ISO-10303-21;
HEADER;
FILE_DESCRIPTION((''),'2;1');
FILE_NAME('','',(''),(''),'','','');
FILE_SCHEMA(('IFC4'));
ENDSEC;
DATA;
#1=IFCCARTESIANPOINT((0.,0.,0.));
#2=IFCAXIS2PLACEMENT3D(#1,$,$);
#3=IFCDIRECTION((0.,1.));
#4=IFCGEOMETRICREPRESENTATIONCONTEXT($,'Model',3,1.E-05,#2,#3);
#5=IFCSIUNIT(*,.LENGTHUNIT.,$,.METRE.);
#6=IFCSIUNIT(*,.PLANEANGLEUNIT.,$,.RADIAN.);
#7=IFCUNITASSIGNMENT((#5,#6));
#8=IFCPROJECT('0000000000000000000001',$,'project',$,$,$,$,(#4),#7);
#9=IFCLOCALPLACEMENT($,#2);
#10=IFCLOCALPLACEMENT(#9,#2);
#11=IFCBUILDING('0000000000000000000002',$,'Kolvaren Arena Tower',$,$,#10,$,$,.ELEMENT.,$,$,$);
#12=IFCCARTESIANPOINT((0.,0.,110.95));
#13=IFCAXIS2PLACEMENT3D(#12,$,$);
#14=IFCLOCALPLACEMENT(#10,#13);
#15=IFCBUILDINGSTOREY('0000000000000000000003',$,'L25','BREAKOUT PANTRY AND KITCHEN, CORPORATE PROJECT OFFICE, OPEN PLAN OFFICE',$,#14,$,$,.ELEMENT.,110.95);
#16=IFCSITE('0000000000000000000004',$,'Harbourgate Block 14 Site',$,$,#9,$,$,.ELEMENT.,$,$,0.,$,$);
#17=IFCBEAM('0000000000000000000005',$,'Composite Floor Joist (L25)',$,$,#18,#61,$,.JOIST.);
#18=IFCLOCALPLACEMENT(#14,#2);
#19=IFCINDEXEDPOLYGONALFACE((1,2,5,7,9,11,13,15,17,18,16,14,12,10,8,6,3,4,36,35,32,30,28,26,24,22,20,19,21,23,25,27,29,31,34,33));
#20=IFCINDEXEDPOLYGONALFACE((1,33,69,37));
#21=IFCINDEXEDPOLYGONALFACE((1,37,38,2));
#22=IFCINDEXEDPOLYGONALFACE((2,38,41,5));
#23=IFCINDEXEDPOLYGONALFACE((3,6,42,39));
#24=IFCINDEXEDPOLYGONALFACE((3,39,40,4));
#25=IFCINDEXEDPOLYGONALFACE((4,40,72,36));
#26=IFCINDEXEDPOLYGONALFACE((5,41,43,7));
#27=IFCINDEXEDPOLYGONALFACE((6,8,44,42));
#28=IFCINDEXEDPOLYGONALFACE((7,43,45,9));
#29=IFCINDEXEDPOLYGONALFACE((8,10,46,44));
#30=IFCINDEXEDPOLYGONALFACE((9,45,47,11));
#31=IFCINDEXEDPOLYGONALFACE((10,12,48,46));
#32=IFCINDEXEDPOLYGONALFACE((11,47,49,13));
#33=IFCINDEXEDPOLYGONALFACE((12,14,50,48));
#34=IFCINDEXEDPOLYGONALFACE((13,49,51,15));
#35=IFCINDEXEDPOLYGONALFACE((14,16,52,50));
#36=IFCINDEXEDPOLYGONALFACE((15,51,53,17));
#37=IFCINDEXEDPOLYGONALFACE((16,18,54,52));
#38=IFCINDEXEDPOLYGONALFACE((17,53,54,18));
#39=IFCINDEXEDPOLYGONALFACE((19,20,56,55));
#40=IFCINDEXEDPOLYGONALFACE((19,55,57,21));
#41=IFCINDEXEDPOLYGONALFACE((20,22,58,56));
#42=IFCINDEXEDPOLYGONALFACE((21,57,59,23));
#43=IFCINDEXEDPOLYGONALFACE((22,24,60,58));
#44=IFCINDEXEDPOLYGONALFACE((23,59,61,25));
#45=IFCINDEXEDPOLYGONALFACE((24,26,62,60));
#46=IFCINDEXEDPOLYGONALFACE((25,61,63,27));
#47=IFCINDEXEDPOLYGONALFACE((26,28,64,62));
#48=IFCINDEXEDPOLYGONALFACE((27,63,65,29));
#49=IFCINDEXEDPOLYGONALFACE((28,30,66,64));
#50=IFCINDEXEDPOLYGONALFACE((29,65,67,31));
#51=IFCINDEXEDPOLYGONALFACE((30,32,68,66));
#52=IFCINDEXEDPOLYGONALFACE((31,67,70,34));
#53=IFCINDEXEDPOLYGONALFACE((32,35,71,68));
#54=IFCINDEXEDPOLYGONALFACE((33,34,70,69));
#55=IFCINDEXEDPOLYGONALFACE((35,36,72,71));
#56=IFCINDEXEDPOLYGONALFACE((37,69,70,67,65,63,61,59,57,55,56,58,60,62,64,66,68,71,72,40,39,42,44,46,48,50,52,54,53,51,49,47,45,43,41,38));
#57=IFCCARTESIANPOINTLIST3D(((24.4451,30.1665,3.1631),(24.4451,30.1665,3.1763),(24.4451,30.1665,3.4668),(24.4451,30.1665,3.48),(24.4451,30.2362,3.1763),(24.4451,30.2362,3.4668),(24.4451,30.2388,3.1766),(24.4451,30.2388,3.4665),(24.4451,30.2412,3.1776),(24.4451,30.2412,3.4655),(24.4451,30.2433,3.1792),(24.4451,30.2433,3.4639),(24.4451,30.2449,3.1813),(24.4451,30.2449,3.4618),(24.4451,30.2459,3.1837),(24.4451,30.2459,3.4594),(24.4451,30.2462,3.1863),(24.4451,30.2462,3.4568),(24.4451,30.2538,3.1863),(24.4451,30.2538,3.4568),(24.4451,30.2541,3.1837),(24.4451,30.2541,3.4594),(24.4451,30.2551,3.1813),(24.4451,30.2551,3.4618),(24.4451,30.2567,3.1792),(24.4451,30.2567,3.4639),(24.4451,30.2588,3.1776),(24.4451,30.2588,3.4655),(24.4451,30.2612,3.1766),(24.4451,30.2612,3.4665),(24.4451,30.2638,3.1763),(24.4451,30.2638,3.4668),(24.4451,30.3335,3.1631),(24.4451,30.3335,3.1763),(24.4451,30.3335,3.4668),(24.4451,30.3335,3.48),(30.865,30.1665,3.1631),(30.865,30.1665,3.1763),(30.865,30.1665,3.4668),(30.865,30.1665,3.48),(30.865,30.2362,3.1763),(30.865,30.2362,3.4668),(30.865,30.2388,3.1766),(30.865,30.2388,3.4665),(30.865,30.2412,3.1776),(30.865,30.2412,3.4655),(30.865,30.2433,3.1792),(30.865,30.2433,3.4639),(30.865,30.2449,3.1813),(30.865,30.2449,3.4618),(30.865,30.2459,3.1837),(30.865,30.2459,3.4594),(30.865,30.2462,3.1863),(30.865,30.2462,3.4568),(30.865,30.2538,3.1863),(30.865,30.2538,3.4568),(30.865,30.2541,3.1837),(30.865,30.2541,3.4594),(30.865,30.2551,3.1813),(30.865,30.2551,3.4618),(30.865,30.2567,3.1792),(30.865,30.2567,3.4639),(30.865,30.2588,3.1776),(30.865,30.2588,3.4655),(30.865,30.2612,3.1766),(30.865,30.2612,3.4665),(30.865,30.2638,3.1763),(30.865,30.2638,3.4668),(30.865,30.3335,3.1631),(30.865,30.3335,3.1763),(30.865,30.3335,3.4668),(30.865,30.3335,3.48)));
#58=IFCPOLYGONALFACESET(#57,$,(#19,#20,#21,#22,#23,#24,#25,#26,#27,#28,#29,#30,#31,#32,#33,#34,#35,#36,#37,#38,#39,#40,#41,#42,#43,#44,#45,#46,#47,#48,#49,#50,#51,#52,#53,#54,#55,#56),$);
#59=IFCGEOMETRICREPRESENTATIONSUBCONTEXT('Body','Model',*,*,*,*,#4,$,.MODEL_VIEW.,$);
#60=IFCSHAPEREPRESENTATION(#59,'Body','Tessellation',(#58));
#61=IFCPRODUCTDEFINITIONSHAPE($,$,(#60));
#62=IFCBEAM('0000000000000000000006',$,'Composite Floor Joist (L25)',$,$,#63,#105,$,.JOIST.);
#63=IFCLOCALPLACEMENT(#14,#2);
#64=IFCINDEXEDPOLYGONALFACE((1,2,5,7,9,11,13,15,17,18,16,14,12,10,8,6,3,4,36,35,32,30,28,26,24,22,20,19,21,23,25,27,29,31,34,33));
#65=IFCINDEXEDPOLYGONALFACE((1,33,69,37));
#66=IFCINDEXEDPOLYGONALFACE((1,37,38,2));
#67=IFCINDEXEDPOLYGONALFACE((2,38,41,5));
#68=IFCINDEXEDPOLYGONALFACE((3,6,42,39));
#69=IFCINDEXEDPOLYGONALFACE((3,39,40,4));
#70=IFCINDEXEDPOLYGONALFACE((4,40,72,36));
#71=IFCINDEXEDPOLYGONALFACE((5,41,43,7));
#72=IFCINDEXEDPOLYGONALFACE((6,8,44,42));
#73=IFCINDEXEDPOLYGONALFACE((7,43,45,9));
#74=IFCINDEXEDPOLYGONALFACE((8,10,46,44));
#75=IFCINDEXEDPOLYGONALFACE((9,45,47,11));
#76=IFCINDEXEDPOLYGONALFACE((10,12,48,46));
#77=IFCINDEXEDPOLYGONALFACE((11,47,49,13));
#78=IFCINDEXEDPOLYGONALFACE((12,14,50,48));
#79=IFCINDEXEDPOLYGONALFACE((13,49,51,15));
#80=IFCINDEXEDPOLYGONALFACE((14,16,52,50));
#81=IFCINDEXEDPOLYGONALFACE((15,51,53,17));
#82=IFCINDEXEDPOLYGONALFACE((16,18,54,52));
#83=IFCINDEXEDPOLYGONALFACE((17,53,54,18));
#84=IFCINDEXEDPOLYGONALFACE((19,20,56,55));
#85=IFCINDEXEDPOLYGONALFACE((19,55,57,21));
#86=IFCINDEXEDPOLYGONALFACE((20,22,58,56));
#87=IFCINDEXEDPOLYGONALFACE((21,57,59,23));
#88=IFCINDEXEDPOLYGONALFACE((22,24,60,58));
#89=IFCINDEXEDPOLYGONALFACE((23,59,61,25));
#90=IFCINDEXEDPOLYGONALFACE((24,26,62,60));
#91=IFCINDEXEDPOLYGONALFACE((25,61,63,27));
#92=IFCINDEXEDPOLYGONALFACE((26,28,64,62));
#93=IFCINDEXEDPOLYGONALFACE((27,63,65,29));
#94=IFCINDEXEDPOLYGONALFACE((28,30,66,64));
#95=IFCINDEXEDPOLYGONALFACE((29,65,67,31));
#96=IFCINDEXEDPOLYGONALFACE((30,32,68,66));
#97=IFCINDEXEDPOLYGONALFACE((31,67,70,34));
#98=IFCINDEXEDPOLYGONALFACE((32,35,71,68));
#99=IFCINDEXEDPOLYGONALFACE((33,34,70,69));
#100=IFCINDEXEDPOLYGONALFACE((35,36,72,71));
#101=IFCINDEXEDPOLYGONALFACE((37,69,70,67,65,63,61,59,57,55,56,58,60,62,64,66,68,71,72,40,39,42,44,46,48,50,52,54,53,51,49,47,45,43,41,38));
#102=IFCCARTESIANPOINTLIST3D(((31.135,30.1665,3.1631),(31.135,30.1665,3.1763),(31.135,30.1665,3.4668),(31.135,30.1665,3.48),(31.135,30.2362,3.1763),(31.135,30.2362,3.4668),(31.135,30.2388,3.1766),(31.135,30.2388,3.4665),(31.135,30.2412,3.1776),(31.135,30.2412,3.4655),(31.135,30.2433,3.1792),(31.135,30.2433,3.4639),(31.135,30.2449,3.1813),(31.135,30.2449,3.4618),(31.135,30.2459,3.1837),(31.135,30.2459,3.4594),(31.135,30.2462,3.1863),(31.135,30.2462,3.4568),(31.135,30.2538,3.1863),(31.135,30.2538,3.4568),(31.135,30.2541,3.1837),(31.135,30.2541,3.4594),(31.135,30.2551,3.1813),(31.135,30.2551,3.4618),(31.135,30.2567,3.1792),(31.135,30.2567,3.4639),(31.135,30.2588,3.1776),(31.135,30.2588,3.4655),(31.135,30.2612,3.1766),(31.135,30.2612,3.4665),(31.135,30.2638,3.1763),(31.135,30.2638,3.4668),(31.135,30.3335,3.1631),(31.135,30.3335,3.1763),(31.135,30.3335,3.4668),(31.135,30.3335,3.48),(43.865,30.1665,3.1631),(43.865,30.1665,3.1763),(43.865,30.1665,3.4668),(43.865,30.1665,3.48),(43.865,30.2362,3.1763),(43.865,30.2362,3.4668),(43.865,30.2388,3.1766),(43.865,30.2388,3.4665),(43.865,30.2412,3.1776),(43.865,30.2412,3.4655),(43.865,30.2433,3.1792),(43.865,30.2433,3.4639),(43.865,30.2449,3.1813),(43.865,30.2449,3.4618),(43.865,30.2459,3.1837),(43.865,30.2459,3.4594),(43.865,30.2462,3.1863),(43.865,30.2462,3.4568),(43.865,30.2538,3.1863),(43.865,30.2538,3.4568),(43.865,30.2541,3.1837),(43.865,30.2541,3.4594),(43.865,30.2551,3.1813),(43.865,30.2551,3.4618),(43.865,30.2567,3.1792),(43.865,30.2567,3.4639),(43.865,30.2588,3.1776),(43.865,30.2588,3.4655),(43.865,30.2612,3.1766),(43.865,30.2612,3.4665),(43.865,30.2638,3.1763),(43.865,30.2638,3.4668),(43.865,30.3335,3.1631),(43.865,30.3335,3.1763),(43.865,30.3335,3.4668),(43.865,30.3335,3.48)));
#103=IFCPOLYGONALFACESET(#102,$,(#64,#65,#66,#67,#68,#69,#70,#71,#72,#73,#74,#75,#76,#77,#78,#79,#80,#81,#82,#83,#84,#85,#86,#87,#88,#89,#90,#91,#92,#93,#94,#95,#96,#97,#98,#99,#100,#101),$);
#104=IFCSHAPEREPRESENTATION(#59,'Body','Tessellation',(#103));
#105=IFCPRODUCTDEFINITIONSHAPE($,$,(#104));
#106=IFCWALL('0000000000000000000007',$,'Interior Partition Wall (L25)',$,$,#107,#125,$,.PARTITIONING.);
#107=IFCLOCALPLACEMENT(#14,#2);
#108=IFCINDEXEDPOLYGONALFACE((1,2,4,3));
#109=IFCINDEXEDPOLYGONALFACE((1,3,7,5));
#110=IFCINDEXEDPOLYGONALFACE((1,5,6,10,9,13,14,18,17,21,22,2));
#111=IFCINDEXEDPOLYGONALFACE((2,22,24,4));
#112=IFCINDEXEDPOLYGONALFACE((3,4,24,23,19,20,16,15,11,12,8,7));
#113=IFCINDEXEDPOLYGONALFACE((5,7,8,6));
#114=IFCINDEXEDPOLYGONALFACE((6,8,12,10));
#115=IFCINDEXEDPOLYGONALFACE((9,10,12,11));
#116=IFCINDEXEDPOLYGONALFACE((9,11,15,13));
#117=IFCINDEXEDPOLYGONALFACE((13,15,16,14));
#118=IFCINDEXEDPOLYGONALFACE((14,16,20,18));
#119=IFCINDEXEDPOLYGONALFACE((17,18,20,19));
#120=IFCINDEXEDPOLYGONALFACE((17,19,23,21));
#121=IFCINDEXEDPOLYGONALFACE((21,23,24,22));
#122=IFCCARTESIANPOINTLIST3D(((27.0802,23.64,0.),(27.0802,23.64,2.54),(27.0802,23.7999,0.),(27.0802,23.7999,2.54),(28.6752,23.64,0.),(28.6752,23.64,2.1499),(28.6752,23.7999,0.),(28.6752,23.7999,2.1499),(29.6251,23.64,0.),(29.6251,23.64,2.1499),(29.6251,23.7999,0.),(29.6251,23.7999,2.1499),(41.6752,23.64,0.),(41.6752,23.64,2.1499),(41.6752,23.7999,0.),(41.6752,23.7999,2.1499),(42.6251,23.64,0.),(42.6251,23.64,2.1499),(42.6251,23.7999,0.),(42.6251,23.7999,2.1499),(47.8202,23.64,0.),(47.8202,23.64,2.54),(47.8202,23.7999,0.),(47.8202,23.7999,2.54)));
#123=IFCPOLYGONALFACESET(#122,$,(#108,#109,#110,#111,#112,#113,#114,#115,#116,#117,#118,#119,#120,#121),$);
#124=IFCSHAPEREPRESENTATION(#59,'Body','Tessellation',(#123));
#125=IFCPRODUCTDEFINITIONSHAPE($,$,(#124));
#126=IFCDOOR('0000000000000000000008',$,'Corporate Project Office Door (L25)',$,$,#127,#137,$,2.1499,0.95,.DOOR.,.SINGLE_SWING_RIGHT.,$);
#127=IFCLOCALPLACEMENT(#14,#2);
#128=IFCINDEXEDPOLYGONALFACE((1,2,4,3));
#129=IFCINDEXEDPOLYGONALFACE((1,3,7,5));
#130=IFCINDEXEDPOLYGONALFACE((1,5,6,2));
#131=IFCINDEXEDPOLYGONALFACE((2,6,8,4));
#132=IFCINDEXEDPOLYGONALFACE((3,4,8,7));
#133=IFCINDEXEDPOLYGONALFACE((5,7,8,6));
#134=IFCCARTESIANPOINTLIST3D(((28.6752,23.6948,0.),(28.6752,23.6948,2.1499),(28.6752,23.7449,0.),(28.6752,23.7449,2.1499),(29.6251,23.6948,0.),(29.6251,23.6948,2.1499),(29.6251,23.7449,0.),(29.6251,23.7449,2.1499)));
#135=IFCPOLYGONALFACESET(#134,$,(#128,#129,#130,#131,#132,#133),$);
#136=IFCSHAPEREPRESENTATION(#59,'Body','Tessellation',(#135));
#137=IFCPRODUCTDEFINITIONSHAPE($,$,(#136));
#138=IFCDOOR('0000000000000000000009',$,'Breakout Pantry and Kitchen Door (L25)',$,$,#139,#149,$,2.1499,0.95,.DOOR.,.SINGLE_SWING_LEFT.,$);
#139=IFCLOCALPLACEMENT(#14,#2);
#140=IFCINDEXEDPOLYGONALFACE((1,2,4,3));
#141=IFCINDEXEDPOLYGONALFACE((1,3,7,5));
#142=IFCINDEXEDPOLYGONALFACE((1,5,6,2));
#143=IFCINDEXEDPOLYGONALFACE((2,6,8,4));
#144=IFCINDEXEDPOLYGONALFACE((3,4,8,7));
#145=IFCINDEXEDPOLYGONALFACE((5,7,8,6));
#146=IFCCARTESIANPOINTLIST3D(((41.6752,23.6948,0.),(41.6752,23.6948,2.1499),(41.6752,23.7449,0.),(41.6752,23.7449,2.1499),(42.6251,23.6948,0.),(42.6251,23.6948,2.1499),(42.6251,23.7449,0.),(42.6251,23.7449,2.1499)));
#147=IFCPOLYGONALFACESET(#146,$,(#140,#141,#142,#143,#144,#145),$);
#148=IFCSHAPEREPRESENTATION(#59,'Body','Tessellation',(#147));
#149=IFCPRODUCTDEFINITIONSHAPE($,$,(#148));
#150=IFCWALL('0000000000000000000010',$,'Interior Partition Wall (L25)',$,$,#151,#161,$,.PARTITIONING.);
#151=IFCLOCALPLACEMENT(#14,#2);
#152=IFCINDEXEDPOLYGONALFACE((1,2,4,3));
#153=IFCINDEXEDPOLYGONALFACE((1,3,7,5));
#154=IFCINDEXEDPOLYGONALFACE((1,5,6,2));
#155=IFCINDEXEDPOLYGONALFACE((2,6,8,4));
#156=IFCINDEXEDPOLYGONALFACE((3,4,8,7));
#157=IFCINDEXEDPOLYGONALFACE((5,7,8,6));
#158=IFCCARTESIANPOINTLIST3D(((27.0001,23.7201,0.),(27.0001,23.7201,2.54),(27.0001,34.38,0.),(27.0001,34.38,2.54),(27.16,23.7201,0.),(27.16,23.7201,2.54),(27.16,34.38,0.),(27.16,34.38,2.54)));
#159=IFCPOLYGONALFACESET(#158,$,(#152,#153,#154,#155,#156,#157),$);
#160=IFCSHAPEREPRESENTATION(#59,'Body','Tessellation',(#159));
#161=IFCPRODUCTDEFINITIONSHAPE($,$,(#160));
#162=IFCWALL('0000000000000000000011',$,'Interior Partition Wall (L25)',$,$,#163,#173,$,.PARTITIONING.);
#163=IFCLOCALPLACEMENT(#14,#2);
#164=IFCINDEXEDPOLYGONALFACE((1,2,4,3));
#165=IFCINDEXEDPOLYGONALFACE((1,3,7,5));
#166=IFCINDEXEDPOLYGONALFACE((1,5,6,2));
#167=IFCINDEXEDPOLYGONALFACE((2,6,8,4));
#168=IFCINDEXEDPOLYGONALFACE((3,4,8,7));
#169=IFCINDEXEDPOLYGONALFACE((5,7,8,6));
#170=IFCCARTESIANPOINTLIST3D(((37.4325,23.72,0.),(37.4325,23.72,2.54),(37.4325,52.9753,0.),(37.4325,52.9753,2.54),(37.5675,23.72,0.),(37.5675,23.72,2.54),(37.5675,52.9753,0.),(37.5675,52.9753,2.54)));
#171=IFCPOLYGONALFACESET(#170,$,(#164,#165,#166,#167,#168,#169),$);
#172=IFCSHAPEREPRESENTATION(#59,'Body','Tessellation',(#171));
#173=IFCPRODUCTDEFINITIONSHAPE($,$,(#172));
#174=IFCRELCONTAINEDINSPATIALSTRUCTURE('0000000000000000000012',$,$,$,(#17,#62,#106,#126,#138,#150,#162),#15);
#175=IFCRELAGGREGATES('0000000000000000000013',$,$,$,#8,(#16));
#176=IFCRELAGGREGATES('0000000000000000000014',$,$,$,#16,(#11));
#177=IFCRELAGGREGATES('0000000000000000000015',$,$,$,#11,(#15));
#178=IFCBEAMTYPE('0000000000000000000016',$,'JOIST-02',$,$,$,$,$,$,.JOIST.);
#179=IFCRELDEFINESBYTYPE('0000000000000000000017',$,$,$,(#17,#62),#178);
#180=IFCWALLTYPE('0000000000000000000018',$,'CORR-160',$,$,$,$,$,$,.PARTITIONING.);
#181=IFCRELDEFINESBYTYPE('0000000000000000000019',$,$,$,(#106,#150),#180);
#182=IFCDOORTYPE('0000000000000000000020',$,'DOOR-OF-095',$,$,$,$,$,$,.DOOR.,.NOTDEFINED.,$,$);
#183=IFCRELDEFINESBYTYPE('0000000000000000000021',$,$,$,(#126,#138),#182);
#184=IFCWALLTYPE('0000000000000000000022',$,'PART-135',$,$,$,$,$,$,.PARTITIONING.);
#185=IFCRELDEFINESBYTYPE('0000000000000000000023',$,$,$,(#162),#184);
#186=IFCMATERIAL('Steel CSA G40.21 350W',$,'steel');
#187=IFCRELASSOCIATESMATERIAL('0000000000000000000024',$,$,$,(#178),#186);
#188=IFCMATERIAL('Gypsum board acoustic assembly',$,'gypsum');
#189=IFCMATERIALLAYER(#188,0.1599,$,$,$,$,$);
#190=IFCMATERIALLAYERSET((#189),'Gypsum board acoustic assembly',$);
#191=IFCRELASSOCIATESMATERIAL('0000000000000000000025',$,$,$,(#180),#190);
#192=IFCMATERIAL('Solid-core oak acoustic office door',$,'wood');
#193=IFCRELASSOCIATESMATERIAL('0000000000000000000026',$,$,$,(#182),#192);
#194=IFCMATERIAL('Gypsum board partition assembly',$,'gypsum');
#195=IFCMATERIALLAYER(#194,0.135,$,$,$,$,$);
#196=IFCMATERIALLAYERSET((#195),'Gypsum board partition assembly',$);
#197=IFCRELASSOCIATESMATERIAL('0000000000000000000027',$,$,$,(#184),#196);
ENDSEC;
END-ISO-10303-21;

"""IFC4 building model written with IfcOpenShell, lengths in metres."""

from ifc_helpers import new_model, si_unit, direction, frame, frame_2d, origin, origin_2d, place, context, subcontext, project, spatial, rectangle, i_section, extrude, material, layer, layer_set, material_profile, profile_set, type_object, element, fill, save


model = new_model("IFC4")

# Units and contexts
model_context = context("Model", 3, precision=1e-05, world=origin(), true_north=direction((0.0, 1.0)))
body_context = subcontext(model_context, "Body", "Model", "MODEL_VIEW")
ifc_project = project(units=[si_unit("LENGTHUNIT", "METRE"), si_unit("PLANEANGLEUNIT", "RADIAN")], contexts=[model_context])

# Site, building, storey
site_placement = place(None, origin())
site = spatial("IfcSite", under=ifc_project, at=site_placement, Name="Harbourgate Block 14 Site", CompositionType="ELEMENT", RefElevation=0.0)
building_placement = place(site_placement, origin())
building = spatial("IfcBuilding", under=site, at=building_placement, Name="Kolvaren Arena Tower", CompositionType="ELEMENT")
storey_placement = place(building_placement, frame((0.0, 0.0, 110.95)))
storey = spatial("IfcBuildingStorey", under=building, at=storey_placement, Name="L25", Description="BREAKOUT PANTRY AND KITCHEN, CORPORATE PROJECT OFFICE, OPEN PLAN OFFICE", CompositionType="ELEMENT", Elevation=110.95)

# Beams
ifc_material_1 = material(Name="Steel CSA G40.21 350W", Category="steel")
ifc_material_profile_1 = material_profile(ifc_material_1, i_section(OverallWidth=0.167, OverallDepth=0.3169, WebThickness=0.0076, FlangeThickness=0.0132, FilletRadius=0.01, at=origin_2d()), Name="W310x52")
ifc_profile_set_1 = profile_set([ifc_material_profile_1], Name="Steel CSA G40.21 350W")
beam_type_1 = type_object("IfcBeamType", Name="JOIST-02", PredefinedType="JOIST", material=ifc_profile_set_1)
for number, where, z_axis, x_axis, name in (
    (1, (24.4451, 30.25, 3.3215), (1.0, 0.0, 0.0), (0.0, 1.0, 0.0), "Composite Floor Joist (L25)"),
):
    element("IfcBeam", number, at=place(storey_placement, frame(where, z_axis=z_axis, x_axis=x_axis)), inside=storey, type_object=beam_type_1, Name=name, PredefinedType="JOIST", context=body_context, shape_type="SweptSolid", body=[
        extrude(i_section(OverallWidth=0.167, OverallDepth=0.3169, WebThickness=0.0076, FlangeThickness=0.0132, FilletRadius=0.01, at=origin_2d()), origin(), (0.0, 0.0, 1.0), 6.4199),
    ])
beam_1_placement = place(storey_placement, frame((31.135, 30.25, 3.3215), z_axis=(1.0, 0.0, 0.0), x_axis=(0.0, 1.0, 0.0)))
element("IfcBeam", 2, at=beam_1_placement, inside=storey, type_object=beam_type_1, Name="Composite Floor Joist (L25)", PredefinedType="JOIST", context=body_context, shape_type="SweptSolid", body=[
    extrude(i_section(OverallWidth=0.167, OverallDepth=0.3169, WebThickness=0.0076, FlangeThickness=0.0132, FilletRadius=0.01, at=origin_2d()), origin(), (0.0, 0.0, 1.0), 12.73),
])

# Wall, openings, doors
ifc_material_2 = material(Name="Gypsum board acoustic assembly", Category="gypsum")
ifc_layer_1 = layer(ifc_material_2, 0.1599)
ifc_layer_set_1 = layer_set([ifc_layer_1], Name="Gypsum board acoustic assembly")
wall_type_1 = type_object("IfcWallType", Name="CORR-160", PredefinedType="PARTITIONING", material=ifc_layer_set_1)
wall_1_placement = place(storey_placement, frame((27.0801, 23.72, 0.0), z_axis=(0.0, 0.0, 1.0), x_axis=(1.0, 0.0, 0.0)))
wall_1 = element("IfcWall", 3, at=wall_1_placement, inside=storey, type_object=wall_type_1, Name="Interior Partition Wall (L25)", PredefinedType="PARTITIONING", context=body_context, shape_type="SweptSolid", body=[
    extrude(rectangle(XDim=20.74, YDim=0.1599, at=frame_2d((10.3701, 0.0))), origin(), (0.0, 0.0, 1.0), 2.54),
])
opening_1_placement = place(wall_1_placement, frame((1.595, 0.0, 0.0)))
opening_1 = element("IfcOpeningElement", 4, at=opening_1_placement, cuts=wall_1, PredefinedType="OPENING", context=body_context, shape_type="SweptSolid", body=[
    extrude(rectangle(XDim=0.95, YDim=2.1499, at=frame_2d((0.4751, 1.075))), frame((0.0, 0.0898, 0.0), z_axis=(0.0, -1.0, 0.0), x_axis=(1.0, 0.0, 0.0)), (0.0, 0.0, 1.0), 0.1799),
])
opening_2_placement = place(wall_1_placement, frame((14.595, 0.0, 0.0)))
opening_2 = element("IfcOpeningElement", 5, at=opening_2_placement, cuts=wall_1, PredefinedType="OPENING", context=body_context, shape_type="SweptSolid", body=[
    extrude(rectangle(XDim=0.95, YDim=2.1499, at=frame_2d((0.4751, 1.075))), frame((0.0, 0.0898, 0.0), z_axis=(0.0, -1.0, 0.0), x_axis=(1.0, 0.0, 0.0)), (0.0, 0.0, 1.0), 0.1799),
])
ifc_material_3 = material(Name="Solid-core oak acoustic office door", Category="wood")
door_type_1 = type_object("IfcDoorType", Name="DOOR-OF-095", OperationType="NOTDEFINED", PredefinedType="DOOR", material=ifc_material_3)
door_1_placement = place(opening_1_placement, origin())
door_1 = element("IfcDoor", 6, at=door_1_placement, inside=storey, type_object=door_type_1, Name="Corporate Project Office Door (L25)", OperationType="SINGLE_SWING_RIGHT", OverallHeight=2.1499, OverallWidth=0.95, PredefinedType="DOOR", context=body_context, shape_type="SweptSolid", body=[
    extrude(rectangle(XDim=0.95, YDim=2.1499, at=frame_2d((0.4751, 1.075))), frame((0.0, 0.0249, 0.0), z_axis=(0.0, -1.0, 0.0), x_axis=(1.0, 0.0, 0.0)), (0.0, 0.0, 1.0), 0.05),
])
fill(opening_1, door_1)
door_2_placement = place(opening_2_placement, origin())
door_2 = element("IfcDoor", 7, at=door_2_placement, inside=storey, type_object=door_type_1, Name="Breakout Pantry and Kitchen Door (L25)", OperationType="SINGLE_SWING_LEFT", OverallHeight=2.1499, OverallWidth=0.95, PredefinedType="DOOR", context=body_context, shape_type="SweptSolid", body=[
    extrude(rectangle(XDim=0.95, YDim=2.1499, at=frame_2d((0.4751, 1.075))), frame((0.0, 0.0249, 0.0), z_axis=(0.0, -1.0, 0.0), x_axis=(1.0, 0.0, 0.0)), (0.0, 0.0, 1.0), 0.05),
])
fill(opening_2, door_2)

# Walls
wall_2_placement = place(storey_placement, frame((27.0801, 23.72, 0.0), z_axis=(0.0, 0.0, 1.0), x_axis=(0.0, 1.0, 0.0)))
element("IfcWall", 8, at=wall_2_placement, inside=storey, type_object=wall_type_1, Name="Interior Partition Wall (L25)", PredefinedType="PARTITIONING", context=body_context, shape_type="SweptSolid", body=[
    extrude(rectangle(XDim=10.6599, YDim=0.1599, at=frame_2d((5.3301, 0.0))), origin(), (0.0, 0.0, 1.0), 2.54),
])
ifc_material_4 = material(Name="Gypsum board partition assembly", Category="gypsum")
ifc_layer_2 = layer(ifc_material_4, 0.135)
ifc_layer_set_2 = layer_set([ifc_layer_2], Name="Gypsum board partition assembly")
wall_type_2 = type_object("IfcWallType", Name="PART-135", PredefinedType="PARTITIONING", material=ifc_layer_set_2)
wall_3_placement = place(storey_placement, frame((37.5, 23.72, 0.0), z_axis=(0.0, 0.0, 1.0), x_axis=(0.0, 1.0, 0.0)))
element("IfcWall", 9, at=wall_3_placement, inside=storey, type_object=wall_type_2, Name="Interior Partition Wall (L25)", PredefinedType="PARTITIONING", context=body_context, shape_type="SweptSolid", body=[
    extrude(rectangle(XDim=29.2554, YDim=0.135, at=frame_2d((14.6277, 0.0))), origin(), (0.0, 0.0, 1.0), 2.54),
])

save(model, "model.ifc")
